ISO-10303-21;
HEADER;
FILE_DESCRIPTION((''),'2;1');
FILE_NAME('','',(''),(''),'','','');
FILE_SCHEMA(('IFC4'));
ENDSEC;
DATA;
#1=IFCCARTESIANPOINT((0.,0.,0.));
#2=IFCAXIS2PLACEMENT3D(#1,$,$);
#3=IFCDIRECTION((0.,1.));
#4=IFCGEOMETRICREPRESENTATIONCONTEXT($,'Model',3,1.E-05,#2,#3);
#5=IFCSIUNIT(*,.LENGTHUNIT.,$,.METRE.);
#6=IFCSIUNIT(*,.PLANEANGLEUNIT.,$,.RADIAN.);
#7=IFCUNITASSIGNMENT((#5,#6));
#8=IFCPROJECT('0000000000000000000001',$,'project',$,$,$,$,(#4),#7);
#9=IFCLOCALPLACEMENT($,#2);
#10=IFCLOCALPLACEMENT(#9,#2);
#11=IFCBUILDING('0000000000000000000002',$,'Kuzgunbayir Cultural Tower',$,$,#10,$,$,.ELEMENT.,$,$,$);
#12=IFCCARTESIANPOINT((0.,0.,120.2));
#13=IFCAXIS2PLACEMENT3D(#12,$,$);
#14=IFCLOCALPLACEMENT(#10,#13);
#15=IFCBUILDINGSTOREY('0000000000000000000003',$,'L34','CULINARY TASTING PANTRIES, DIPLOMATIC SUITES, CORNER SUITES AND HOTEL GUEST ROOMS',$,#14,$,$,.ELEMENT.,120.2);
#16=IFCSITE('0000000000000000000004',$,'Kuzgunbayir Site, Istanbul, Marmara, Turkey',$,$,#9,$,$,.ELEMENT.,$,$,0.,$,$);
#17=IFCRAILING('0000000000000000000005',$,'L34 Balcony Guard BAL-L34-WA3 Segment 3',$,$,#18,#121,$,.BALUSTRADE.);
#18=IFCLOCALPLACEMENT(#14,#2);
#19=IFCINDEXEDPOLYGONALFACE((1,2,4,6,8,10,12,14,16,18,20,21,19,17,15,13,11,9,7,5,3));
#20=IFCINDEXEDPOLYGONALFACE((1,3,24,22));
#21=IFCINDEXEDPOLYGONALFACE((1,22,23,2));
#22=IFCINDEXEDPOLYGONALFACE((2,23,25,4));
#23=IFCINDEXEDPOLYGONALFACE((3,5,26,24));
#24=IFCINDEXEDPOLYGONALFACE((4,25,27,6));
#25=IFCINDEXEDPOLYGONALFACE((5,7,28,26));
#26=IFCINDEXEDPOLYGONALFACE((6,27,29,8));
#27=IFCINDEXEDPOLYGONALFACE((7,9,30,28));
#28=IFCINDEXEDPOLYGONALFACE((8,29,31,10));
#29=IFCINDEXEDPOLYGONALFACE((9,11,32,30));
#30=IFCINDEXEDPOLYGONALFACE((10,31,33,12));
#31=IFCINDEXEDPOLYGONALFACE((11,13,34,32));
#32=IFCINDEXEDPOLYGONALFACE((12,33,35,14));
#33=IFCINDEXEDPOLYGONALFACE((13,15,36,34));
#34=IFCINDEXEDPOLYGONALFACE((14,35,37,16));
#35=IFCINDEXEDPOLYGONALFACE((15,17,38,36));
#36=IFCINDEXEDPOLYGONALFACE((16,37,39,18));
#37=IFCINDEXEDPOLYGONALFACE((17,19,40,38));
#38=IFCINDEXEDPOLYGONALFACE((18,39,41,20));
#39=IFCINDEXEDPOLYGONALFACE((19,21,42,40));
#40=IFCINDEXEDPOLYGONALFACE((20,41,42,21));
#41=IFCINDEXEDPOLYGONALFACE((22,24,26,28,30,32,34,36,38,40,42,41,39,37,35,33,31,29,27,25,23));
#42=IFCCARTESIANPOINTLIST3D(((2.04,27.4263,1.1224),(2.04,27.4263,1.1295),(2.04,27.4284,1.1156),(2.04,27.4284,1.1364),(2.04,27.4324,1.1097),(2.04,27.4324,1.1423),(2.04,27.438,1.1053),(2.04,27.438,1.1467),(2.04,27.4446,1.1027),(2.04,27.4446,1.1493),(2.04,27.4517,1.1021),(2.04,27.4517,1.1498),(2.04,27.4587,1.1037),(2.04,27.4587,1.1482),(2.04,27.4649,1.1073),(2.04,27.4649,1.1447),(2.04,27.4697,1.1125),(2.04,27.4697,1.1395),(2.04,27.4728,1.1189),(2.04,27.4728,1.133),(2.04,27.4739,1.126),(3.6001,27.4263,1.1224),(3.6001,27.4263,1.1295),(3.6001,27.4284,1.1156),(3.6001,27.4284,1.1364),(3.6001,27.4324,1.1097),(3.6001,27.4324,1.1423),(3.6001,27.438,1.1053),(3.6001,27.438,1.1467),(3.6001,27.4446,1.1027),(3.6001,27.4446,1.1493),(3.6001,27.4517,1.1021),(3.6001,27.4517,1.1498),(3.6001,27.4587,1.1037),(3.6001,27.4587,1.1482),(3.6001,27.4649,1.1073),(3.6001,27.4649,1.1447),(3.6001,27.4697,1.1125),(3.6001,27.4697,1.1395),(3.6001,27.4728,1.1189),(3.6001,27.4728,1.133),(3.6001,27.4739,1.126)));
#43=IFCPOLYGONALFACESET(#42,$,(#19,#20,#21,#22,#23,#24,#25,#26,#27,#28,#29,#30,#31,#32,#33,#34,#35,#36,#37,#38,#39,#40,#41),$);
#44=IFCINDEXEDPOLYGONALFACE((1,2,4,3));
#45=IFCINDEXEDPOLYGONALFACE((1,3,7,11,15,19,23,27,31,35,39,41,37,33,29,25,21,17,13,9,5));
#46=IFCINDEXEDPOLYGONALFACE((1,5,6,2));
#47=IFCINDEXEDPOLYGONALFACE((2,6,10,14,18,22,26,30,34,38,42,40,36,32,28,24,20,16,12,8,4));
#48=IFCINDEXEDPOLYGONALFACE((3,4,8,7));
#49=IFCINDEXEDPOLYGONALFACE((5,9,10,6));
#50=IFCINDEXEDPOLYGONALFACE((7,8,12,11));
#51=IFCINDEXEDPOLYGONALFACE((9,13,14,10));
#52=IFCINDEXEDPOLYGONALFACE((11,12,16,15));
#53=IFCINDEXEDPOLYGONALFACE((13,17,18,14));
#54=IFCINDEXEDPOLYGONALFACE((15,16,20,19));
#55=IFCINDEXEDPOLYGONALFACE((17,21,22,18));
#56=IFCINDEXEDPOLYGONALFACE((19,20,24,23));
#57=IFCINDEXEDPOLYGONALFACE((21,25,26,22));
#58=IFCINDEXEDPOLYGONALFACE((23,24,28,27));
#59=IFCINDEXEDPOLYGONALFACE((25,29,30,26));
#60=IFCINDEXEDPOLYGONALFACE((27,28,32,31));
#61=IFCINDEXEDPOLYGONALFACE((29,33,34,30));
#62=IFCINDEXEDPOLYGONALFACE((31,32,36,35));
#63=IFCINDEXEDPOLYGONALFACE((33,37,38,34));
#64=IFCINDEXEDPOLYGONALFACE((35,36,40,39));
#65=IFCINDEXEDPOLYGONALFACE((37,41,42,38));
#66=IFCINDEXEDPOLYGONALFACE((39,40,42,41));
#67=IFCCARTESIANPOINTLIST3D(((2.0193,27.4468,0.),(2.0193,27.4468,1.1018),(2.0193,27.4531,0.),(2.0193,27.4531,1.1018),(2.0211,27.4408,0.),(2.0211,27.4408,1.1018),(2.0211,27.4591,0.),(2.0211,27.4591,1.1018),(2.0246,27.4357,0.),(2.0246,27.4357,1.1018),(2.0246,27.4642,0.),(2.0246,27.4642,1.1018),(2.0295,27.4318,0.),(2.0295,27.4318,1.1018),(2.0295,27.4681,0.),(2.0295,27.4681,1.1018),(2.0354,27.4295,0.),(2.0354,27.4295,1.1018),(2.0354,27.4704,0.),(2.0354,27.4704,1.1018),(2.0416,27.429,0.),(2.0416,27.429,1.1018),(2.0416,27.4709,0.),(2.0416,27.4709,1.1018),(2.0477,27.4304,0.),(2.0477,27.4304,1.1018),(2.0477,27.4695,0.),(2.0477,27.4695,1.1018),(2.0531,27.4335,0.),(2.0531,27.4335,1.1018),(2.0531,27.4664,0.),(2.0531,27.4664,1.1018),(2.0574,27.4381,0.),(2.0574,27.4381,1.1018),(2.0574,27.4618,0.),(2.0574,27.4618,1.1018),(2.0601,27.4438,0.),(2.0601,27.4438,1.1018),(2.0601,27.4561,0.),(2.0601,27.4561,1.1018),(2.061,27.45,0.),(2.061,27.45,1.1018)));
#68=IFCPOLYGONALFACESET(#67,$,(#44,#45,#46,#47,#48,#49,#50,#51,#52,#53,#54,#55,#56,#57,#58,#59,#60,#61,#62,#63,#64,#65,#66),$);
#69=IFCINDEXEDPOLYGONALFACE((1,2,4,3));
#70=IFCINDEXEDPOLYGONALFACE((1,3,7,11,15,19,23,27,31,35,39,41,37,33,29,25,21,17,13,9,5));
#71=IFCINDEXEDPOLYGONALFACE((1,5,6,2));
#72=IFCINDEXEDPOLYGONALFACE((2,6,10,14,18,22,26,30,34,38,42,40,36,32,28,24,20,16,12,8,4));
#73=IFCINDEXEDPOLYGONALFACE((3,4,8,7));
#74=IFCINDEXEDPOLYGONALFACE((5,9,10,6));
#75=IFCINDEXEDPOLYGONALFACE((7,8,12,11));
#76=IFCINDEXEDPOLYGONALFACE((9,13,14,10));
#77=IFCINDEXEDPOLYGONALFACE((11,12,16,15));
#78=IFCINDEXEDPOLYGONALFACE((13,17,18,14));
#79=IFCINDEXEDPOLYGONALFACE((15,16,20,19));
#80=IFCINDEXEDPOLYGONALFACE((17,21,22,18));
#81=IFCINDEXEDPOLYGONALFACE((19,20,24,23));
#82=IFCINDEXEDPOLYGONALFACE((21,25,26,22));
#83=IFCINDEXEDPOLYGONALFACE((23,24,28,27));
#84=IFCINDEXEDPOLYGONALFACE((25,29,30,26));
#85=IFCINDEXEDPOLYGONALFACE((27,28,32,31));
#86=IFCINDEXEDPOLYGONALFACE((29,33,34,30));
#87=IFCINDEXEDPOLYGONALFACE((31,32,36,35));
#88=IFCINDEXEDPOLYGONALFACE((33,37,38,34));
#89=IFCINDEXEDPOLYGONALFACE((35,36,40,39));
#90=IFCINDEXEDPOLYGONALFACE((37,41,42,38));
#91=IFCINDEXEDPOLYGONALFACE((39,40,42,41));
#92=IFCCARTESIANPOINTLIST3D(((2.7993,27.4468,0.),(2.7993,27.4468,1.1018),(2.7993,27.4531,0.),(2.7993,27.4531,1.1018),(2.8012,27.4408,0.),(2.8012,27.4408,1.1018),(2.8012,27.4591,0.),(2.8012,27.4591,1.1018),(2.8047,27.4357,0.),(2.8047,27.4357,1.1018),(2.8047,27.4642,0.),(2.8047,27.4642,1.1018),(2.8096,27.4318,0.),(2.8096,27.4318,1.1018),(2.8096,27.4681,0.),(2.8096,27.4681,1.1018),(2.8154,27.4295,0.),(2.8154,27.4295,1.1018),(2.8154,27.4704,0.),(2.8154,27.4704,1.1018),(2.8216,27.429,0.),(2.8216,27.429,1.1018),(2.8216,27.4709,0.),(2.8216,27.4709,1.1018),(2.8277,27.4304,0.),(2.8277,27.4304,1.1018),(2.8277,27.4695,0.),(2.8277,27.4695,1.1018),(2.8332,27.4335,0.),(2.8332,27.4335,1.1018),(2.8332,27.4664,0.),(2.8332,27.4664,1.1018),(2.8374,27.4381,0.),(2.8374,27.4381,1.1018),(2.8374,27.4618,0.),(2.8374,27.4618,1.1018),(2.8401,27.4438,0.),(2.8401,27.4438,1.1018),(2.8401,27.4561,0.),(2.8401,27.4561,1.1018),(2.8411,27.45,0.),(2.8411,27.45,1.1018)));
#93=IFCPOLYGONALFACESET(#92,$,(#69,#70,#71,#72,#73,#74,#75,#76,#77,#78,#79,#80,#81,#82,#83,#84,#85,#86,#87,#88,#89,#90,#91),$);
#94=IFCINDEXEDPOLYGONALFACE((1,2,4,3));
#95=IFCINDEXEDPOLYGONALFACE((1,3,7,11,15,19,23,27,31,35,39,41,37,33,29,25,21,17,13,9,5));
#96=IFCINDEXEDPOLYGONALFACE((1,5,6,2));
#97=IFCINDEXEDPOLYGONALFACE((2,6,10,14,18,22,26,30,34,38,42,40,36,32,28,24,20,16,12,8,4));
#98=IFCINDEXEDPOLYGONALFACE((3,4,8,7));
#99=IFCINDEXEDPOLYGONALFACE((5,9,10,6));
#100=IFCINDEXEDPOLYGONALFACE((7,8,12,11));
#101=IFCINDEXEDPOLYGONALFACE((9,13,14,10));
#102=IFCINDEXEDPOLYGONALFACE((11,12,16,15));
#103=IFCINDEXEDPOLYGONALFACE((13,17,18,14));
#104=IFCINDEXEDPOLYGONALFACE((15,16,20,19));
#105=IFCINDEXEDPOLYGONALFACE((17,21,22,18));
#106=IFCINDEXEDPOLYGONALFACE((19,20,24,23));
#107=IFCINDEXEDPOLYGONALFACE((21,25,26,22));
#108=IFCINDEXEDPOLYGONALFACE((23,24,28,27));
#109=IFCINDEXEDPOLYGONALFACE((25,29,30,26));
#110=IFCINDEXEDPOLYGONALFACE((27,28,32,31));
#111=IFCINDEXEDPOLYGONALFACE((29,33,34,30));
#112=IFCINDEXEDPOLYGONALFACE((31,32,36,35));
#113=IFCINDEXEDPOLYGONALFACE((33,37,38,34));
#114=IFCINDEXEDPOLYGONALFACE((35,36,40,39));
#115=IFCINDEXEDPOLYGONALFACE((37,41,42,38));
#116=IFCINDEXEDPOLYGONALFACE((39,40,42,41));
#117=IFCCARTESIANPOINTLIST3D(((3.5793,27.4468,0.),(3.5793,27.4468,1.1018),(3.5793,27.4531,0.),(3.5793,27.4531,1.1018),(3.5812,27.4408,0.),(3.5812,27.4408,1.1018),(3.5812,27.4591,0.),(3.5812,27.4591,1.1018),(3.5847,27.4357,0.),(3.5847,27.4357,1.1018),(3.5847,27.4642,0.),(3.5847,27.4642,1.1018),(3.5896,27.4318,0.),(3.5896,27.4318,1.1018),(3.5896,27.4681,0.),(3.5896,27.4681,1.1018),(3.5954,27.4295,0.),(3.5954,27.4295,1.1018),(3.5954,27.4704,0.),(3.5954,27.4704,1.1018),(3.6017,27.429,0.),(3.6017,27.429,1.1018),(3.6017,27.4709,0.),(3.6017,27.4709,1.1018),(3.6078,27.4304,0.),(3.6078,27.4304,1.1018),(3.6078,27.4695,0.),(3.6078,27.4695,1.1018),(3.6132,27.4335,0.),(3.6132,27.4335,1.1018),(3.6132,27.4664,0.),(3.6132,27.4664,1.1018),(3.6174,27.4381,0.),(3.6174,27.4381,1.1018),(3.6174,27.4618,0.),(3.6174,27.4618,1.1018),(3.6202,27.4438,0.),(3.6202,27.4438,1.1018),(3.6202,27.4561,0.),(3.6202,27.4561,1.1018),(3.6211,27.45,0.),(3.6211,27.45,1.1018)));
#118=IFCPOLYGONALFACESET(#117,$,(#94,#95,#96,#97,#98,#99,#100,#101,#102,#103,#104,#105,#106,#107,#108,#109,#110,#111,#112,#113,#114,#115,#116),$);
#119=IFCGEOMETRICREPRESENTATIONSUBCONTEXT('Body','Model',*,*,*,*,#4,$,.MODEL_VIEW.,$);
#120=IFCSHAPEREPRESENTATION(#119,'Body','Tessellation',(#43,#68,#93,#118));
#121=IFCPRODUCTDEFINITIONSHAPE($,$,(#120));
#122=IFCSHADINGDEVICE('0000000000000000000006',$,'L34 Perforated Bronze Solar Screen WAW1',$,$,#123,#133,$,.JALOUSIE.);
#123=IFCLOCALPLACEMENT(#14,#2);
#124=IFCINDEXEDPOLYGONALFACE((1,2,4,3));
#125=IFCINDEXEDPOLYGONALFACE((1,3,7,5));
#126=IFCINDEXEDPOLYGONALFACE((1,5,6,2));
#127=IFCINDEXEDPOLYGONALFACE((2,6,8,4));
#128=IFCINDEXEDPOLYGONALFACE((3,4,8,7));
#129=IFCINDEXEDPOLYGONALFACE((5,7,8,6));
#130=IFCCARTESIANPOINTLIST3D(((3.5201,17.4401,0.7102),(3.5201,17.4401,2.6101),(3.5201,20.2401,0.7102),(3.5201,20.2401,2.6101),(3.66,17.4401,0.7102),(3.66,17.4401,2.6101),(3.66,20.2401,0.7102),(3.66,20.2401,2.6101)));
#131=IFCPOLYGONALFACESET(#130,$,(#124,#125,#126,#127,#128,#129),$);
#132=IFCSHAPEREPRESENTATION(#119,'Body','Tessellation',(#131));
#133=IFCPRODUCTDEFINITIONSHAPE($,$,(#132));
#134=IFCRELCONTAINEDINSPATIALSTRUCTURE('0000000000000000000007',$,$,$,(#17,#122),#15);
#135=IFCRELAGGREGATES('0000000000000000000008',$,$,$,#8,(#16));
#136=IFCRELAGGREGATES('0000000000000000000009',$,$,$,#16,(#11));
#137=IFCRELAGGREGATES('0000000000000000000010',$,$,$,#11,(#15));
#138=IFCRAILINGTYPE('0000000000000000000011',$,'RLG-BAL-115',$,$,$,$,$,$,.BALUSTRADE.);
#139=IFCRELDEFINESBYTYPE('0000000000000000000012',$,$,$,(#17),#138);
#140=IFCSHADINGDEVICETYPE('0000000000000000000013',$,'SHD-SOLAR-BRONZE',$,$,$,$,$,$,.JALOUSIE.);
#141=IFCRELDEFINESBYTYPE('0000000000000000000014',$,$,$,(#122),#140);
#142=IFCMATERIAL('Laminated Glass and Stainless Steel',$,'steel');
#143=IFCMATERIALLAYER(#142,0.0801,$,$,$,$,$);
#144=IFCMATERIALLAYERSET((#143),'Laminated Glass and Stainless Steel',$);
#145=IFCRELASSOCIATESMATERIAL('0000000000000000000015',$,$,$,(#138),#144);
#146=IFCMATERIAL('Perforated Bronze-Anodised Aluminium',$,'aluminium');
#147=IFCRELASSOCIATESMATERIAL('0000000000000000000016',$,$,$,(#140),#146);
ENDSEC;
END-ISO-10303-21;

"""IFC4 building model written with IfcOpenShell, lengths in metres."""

from ifc_helpers import new_model, si_unit, direction, frame, origin, origin_2d, place, context, subcontext, project, spatial, rectangle, circle, extrude, material, layer, layer_set, type_object, element, save


model = new_model("IFC4")

# Units and contexts
model_context = context("Model", 3, precision=1e-05, world=origin(), true_north=direction((0.0, 1.0)))
body_context = subcontext(model_context, "Body", "Model", "MODEL_VIEW")
ifc_project = project(units=[si_unit("LENGTHUNIT", "METRE"), si_unit("PLANEANGLEUNIT", "RADIAN")], contexts=[model_context])

# Site, building, storey
site_placement = place(None, origin())
site = spatial("IfcSite", under=ifc_project, at=site_placement, Name="Kuzgunbayir Site, Istanbul, Marmara, Turkey", CompositionType="ELEMENT", RefElevation=0.0)
building_placement = place(site_placement, origin())
building = spatial("IfcBuilding", under=site, at=building_placement, Name="Kuzgunbayir Cultural Tower", CompositionType="ELEMENT")
storey_placement = place(building_placement, frame((0.0, 0.0, 120.2)))
storey = spatial("IfcBuildingStorey", under=building, at=storey_placement, Name="L34", Description="CULINARY TASTING PANTRIES, DIPLOMATIC SUITES, CORNER SUITES AND HOTEL GUEST ROOMS", CompositionType="ELEMENT", Elevation=120.2)

# Railing
ifc_material_1 = material(Name="Laminated Glass and Stainless Steel", Category="steel")
ifc_layer_1 = layer(ifc_material_1, 0.0801)
ifc_layer_set_1 = layer_set([ifc_layer_1], Name="Laminated Glass and Stainless Steel")
railing_type = type_object("IfcRailingType", Name="RLG-BAL-115", PredefinedType="BALUSTRADE", material=ifc_layer_set_1)
railing_1_placement = place(storey_placement, frame((2.04, 27.45, 0.0)))
element("IfcRailing", 1, at=railing_1_placement, inside=storey, type_object=railing_type, Name="L34 Balcony Guard BAL-L34-WA3 Segment 3", PredefinedType="BALUSTRADE", context=body_context, shape_type="SweptSolid", body=[
    extrude(circle(Radius=0.0239, at=origin_2d()), frame((0.0, 0.0, 1.126), z_axis=(1.0, 0.0, 0.0), x_axis=(0.0, 1.0, 0.0)), (0.0, 0.0, 1.0), 1.5601),
    extrude(circle(Radius=0.021, at=origin_2d()), origin(), (0.0, 0.0, 1.0), 1.1018),
    extrude(circle(Radius=0.021, at=origin_2d()), frame((0.78, 0.0, 0.0)), (0.0, 0.0, 1.0), 1.1018),
    extrude(circle(Radius=0.021, at=origin_2d()), frame((1.5601, 0.0, 0.0)), (0.0, 0.0, 1.0), 1.1018),
])

# Shading device
ifc_material_2 = material(Name="Perforated Bronze-Anodised Aluminium", Category="aluminium")
shading_device_type = type_object("IfcShadingDeviceType", Name="SHD-SOLAR-BRONZE", PredefinedType="JALOUSIE", material=ifc_material_2)
shading_device_placement = place(storey_placement, frame((3.5901, 18.8401, 0.7102), z_axis=(0.0, 0.0, 1.0), x_axis=(1.0, 0.0, 0.0)))
element("IfcShadingDevice", 2, at=shading_device_placement, inside=storey, type_object=shading_device_type, Name="L34 Perforated Bronze Solar Screen WAW1", PredefinedType="JALOUSIE", context=body_context, shape_type="SweptSolid", body=[
    extrude(rectangle(XDim=0.1399, YDim=2.8, at=origin_2d()), origin(), (0.0, 0.0, 1.0), 1.8999),
])

save(model, "model.ifc")
